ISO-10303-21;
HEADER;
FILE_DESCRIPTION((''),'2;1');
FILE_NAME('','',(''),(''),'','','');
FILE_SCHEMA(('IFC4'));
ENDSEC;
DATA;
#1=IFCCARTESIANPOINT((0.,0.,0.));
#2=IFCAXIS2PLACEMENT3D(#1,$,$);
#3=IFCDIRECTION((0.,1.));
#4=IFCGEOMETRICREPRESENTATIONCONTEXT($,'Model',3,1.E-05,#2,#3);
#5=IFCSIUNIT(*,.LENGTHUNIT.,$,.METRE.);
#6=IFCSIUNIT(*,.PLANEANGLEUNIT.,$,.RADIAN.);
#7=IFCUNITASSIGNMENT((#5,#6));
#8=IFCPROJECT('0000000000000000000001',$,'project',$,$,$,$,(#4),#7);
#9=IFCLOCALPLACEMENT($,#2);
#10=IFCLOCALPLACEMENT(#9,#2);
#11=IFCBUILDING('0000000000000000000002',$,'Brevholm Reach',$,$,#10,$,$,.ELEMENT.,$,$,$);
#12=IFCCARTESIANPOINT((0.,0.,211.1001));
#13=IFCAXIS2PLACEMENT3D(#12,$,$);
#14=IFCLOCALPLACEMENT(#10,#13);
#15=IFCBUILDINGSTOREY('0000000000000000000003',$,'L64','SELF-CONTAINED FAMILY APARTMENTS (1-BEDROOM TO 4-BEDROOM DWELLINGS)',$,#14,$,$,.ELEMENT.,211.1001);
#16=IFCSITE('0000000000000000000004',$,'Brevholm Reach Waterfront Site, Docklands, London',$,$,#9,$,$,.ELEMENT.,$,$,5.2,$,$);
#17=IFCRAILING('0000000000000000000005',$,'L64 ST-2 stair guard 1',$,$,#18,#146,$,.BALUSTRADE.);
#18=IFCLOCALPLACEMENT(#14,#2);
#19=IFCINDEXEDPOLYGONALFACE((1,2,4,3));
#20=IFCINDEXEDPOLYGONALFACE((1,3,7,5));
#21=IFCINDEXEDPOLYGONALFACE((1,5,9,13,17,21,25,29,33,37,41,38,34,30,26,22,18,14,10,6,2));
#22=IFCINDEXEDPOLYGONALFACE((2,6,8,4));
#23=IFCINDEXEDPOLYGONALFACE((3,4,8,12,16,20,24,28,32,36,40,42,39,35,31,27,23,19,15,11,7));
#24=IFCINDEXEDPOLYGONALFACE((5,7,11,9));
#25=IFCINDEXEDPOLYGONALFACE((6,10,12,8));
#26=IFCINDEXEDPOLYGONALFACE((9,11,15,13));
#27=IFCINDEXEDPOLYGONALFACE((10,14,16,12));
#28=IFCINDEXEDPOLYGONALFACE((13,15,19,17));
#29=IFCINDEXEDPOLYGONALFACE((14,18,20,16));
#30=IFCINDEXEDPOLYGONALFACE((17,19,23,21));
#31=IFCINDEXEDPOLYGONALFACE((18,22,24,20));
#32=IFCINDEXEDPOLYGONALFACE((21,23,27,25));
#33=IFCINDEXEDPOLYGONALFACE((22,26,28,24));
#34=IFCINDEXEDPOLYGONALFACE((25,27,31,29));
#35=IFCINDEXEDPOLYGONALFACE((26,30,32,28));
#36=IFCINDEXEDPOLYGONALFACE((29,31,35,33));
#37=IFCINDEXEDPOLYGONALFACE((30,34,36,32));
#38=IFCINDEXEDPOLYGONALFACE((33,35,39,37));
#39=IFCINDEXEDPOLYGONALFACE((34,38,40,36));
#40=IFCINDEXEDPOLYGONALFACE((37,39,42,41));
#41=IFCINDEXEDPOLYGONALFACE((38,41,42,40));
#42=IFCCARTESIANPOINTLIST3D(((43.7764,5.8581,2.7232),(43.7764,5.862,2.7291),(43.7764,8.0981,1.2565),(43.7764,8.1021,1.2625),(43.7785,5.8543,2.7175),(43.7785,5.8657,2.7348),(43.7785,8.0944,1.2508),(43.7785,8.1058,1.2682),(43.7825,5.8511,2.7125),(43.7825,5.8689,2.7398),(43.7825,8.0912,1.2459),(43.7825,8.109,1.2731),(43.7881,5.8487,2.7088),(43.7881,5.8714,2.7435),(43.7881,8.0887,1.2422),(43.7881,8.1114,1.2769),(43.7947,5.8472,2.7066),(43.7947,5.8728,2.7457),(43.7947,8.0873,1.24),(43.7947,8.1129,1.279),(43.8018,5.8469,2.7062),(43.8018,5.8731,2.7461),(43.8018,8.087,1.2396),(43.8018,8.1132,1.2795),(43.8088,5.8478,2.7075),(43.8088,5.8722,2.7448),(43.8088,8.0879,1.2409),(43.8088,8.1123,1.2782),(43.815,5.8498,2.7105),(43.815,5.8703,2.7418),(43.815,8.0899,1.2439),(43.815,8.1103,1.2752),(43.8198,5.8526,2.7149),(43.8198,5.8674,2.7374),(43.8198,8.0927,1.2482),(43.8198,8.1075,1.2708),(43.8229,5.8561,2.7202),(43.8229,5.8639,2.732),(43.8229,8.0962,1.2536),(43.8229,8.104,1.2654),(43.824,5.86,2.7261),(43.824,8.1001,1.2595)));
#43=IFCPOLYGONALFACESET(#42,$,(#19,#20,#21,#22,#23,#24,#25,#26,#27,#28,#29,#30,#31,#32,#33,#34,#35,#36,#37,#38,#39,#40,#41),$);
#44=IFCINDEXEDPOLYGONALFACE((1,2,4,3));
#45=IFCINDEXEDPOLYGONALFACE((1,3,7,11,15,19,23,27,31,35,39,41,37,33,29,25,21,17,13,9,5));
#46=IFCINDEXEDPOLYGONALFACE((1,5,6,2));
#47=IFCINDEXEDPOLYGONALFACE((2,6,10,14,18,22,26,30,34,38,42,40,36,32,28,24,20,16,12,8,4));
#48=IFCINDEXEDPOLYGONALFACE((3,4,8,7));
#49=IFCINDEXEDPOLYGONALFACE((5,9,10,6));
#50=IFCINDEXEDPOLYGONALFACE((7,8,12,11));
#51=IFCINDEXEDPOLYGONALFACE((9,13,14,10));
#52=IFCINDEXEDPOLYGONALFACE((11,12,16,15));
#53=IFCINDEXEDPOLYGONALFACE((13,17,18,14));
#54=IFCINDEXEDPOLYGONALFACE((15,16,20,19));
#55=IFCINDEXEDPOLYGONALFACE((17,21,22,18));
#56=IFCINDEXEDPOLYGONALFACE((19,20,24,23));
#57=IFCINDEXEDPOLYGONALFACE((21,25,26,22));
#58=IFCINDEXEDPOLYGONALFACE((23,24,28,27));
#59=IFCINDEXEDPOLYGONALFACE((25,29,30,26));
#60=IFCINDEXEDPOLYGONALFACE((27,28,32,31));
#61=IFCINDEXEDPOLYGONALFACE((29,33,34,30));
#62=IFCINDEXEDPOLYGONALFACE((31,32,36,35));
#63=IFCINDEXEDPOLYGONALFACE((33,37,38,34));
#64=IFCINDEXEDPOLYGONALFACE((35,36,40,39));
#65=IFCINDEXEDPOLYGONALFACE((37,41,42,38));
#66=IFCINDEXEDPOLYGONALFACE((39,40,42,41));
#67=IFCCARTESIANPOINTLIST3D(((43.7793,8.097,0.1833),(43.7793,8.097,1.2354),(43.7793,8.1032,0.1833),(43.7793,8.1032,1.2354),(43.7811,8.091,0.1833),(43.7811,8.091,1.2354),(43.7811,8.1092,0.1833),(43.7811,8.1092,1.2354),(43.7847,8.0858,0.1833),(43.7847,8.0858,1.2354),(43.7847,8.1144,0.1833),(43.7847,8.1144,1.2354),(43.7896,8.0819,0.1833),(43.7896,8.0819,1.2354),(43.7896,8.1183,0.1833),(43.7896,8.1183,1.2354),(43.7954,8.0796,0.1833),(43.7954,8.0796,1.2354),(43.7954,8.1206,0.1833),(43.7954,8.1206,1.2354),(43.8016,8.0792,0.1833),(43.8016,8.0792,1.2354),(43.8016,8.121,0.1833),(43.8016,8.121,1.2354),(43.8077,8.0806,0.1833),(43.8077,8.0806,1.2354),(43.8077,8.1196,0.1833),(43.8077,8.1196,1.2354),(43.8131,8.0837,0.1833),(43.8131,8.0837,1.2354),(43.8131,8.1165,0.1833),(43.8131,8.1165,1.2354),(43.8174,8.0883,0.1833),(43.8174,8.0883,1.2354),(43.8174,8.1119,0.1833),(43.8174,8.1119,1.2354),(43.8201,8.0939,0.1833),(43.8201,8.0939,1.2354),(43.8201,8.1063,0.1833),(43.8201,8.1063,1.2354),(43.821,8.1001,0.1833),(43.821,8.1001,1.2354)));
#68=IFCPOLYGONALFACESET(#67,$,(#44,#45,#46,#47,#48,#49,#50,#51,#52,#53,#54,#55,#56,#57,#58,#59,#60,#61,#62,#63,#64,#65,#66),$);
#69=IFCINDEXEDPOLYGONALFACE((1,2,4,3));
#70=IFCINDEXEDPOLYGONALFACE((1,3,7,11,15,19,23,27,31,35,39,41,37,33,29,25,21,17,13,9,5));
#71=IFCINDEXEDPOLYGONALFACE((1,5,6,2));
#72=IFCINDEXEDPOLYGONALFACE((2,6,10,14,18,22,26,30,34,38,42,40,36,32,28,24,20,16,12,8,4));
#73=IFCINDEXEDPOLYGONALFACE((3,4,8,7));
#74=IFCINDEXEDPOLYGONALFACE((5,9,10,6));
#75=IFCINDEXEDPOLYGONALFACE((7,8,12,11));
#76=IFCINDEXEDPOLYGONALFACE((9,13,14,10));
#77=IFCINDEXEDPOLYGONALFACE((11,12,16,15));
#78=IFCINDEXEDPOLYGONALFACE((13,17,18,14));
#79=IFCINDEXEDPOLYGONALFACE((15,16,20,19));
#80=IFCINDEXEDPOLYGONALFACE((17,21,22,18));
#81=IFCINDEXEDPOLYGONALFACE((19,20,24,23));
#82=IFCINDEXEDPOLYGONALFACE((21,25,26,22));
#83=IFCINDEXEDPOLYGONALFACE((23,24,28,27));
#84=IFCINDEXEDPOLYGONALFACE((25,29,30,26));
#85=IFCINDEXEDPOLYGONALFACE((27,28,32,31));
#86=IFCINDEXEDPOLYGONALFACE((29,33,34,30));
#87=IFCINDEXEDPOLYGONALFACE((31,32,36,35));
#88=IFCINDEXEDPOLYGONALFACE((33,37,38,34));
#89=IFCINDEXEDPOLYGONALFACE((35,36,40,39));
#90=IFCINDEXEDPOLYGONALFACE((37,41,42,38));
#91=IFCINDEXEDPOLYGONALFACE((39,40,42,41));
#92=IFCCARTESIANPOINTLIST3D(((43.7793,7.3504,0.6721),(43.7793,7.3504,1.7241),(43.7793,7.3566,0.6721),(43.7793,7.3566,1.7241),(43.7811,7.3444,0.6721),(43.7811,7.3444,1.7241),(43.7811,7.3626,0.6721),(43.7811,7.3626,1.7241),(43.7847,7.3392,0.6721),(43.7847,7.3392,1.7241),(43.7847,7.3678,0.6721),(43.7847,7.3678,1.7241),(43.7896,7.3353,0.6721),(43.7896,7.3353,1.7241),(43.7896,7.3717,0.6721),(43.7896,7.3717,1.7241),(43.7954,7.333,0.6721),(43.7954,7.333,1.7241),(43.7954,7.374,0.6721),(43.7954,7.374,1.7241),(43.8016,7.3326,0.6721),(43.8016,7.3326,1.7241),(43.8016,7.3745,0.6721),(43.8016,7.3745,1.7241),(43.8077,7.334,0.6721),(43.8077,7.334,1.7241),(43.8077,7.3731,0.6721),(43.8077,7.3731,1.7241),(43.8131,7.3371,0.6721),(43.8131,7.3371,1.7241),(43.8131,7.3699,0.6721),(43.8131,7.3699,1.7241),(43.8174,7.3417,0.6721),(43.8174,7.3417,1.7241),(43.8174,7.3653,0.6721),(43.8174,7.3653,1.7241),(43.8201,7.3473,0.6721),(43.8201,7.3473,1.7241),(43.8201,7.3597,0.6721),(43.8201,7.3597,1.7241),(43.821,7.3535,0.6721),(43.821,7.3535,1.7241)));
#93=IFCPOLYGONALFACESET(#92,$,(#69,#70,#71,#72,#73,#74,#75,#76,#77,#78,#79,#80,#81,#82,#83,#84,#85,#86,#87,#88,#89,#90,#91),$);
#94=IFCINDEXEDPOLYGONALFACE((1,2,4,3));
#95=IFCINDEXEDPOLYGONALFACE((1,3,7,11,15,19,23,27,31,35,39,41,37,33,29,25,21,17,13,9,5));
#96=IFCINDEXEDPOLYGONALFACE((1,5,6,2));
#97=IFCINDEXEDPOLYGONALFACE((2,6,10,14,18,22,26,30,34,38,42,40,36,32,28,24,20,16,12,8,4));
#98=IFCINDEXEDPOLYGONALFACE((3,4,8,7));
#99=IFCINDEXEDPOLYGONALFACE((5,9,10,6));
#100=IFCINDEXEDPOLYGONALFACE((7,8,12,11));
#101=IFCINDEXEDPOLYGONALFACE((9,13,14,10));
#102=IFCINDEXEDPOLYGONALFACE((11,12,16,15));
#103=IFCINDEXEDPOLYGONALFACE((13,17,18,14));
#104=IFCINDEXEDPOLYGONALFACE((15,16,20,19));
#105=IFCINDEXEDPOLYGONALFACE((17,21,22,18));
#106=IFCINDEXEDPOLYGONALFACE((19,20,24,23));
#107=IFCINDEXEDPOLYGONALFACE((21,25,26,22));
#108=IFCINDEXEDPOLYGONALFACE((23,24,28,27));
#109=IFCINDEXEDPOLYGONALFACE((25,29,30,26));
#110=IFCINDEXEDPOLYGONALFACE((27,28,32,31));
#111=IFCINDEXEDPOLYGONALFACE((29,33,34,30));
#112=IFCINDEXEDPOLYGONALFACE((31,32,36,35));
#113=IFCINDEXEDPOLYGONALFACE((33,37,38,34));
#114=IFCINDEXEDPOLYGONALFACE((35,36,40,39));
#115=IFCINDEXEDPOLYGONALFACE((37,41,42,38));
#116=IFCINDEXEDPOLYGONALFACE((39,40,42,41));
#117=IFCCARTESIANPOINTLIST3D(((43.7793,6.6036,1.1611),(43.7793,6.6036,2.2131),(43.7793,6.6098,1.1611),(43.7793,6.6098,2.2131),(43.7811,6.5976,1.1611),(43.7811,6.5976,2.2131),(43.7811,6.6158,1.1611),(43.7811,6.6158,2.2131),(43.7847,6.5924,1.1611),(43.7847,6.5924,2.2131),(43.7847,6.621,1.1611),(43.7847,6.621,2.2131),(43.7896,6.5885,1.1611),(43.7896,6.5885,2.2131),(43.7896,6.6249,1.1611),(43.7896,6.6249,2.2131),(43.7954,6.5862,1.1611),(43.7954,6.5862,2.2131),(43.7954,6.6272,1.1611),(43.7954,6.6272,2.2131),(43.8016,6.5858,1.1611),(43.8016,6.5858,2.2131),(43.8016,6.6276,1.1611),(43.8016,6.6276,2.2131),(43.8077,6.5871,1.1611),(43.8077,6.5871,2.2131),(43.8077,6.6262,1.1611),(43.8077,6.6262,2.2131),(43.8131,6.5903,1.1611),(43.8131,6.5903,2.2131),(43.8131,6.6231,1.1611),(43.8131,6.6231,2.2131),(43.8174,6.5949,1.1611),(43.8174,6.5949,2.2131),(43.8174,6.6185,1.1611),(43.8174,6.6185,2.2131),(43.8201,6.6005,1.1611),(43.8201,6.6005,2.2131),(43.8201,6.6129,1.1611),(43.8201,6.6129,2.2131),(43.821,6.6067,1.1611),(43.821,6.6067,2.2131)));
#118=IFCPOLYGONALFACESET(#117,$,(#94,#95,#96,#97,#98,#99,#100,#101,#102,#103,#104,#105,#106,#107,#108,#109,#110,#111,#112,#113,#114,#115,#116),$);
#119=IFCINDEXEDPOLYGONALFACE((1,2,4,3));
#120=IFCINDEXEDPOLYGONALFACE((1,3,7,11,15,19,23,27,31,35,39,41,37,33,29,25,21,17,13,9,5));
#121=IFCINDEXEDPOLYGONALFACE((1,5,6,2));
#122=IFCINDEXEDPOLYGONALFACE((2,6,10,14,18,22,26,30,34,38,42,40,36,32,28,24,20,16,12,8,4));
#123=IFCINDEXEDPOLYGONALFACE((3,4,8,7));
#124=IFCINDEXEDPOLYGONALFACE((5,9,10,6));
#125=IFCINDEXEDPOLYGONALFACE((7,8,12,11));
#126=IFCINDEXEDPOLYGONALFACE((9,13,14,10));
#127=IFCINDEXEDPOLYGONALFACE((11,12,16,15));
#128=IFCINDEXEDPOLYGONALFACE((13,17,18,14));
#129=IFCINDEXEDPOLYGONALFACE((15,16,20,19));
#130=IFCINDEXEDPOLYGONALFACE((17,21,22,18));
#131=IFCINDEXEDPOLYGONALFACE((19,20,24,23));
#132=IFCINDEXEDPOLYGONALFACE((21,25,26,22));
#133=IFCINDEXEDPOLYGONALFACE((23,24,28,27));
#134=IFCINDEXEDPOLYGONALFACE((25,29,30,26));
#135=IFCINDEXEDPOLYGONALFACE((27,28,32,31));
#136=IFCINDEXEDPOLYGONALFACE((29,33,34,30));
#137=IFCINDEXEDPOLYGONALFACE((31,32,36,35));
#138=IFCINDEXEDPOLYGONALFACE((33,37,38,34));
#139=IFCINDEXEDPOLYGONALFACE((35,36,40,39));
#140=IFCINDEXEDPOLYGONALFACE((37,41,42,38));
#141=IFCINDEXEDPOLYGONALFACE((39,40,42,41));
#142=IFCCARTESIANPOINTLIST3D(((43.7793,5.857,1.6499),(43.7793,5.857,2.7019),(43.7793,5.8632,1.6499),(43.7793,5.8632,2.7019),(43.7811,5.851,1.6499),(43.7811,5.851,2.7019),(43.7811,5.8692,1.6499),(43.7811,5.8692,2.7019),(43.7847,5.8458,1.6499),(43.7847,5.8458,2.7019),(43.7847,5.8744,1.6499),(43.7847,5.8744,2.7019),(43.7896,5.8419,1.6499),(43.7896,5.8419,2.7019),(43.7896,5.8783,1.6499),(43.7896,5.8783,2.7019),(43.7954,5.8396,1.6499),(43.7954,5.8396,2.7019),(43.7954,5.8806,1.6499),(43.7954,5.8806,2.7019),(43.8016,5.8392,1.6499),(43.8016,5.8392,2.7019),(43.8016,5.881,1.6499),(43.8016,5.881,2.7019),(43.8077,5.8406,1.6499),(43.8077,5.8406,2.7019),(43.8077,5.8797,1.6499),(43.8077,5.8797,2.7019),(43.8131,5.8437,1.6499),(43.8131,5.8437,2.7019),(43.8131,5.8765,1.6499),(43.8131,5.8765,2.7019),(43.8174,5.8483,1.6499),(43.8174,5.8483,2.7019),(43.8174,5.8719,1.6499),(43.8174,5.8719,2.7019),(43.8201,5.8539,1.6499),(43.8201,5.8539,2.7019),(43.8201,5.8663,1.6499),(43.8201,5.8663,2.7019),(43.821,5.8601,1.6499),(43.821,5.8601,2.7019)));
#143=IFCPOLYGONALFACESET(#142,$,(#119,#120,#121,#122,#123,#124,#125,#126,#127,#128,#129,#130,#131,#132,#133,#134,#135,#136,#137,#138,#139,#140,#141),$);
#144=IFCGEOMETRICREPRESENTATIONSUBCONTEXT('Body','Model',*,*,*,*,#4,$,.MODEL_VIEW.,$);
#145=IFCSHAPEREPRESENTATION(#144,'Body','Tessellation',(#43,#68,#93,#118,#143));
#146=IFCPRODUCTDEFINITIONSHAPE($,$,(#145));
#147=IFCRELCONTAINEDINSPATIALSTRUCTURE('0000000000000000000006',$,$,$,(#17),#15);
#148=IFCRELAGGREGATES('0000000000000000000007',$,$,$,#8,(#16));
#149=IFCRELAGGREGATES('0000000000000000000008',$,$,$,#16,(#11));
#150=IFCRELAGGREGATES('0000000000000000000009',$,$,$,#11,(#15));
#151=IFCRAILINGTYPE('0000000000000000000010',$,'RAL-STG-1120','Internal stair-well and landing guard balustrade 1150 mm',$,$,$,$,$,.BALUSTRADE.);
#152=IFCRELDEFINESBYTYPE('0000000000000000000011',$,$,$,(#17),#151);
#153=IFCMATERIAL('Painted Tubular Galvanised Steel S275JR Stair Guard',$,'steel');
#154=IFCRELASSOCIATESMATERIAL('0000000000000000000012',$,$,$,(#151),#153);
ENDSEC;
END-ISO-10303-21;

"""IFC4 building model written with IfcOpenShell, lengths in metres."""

from ifc_helpers import new_model, si_unit, direction, frame, origin, origin_2d, place, context, subcontext, project, spatial, circle, extrude, material, type_object, element, save


model = new_model("IFC4")

# Units and contexts
model_context = context("Model", 3, precision=1e-05, world=origin(), true_north=direction((0.0, 1.0)))
body_context = subcontext(model_context, "Body", "Model", "MODEL_VIEW")
ifc_project = project(units=[si_unit("LENGTHUNIT", "METRE"), si_unit("PLANEANGLEUNIT", "RADIAN")], contexts=[model_context])

# Site, building, storey
site_placement = place(None, origin())
site = spatial("IfcSite", under=ifc_project, at=site_placement, Name="Brevholm Reach Waterfront Site, Docklands, London", CompositionType="ELEMENT", RefElevation=5.2)
building_placement = place(site_placement, origin())
building = spatial("IfcBuilding", under=site, at=building_placement, Name="Brevholm Reach", CompositionType="ELEMENT")
storey_placement = place(building_placement, frame((0.0, 0.0, 211.1001)))
storey = spatial("IfcBuildingStorey", under=building, at=storey_placement, Name="L64", Description="SELF-CONTAINED FAMILY APARTMENTS (1-BEDROOM TO 4-BEDROOM DWELLINGS)", CompositionType="ELEMENT", Elevation=211.1001)

# Railing
ifc_material_1 = material(Name="Painted Tubular Galvanised Steel S275JR Stair Guard", Category="steel")
railing_type_1 = type_object("IfcRailingType", Name="RAL-STG-1120", Description="Internal stair-well and landing guard balustrade 1150 mm", PredefinedType="BALUSTRADE", material=ifc_material_1)
railing_1_placement = place(storey_placement, frame((43.8, 8.1001, 0.1833)))
element("IfcRailing", 1, at=railing_1_placement, inside=storey, type_object=railing_type_1, Name="L64 ST-2 stair guard 1", PredefinedType="BALUSTRADE", context=body_context, shape_type="SweptSolid", body=[
    extrude(circle(Radius=0.0239, at=origin_2d()), frame((0.0, 0.0, 1.0762), z_axis=(0.0, -0.836637, 0.547758), x_axis=(1.0, 0.0, 0.0)), (0.0, 0.0, 1.0), 2.6775),
    extrude(circle(Radius=0.021, at=origin_2d()), origin(), (0.0, 0.0, 1.0), 1.052),
    extrude(circle(Radius=0.021, at=origin_2d()), frame((0.0, -0.7466, 0.4888)), (0.0, 0.0, 1.0), 1.052),
    extrude(circle(Radius=0.021, at=origin_2d()), frame((0.0, -1.4934, 0.9778)), (0.0, 0.0, 1.0), 1.052),
    extrude(circle(Radius=0.021, at=origin_2d()), frame((0.0, -2.24, 1.4666)), (0.0, 0.0, 1.0), 1.052),
])

save(model, "model.ifc")
